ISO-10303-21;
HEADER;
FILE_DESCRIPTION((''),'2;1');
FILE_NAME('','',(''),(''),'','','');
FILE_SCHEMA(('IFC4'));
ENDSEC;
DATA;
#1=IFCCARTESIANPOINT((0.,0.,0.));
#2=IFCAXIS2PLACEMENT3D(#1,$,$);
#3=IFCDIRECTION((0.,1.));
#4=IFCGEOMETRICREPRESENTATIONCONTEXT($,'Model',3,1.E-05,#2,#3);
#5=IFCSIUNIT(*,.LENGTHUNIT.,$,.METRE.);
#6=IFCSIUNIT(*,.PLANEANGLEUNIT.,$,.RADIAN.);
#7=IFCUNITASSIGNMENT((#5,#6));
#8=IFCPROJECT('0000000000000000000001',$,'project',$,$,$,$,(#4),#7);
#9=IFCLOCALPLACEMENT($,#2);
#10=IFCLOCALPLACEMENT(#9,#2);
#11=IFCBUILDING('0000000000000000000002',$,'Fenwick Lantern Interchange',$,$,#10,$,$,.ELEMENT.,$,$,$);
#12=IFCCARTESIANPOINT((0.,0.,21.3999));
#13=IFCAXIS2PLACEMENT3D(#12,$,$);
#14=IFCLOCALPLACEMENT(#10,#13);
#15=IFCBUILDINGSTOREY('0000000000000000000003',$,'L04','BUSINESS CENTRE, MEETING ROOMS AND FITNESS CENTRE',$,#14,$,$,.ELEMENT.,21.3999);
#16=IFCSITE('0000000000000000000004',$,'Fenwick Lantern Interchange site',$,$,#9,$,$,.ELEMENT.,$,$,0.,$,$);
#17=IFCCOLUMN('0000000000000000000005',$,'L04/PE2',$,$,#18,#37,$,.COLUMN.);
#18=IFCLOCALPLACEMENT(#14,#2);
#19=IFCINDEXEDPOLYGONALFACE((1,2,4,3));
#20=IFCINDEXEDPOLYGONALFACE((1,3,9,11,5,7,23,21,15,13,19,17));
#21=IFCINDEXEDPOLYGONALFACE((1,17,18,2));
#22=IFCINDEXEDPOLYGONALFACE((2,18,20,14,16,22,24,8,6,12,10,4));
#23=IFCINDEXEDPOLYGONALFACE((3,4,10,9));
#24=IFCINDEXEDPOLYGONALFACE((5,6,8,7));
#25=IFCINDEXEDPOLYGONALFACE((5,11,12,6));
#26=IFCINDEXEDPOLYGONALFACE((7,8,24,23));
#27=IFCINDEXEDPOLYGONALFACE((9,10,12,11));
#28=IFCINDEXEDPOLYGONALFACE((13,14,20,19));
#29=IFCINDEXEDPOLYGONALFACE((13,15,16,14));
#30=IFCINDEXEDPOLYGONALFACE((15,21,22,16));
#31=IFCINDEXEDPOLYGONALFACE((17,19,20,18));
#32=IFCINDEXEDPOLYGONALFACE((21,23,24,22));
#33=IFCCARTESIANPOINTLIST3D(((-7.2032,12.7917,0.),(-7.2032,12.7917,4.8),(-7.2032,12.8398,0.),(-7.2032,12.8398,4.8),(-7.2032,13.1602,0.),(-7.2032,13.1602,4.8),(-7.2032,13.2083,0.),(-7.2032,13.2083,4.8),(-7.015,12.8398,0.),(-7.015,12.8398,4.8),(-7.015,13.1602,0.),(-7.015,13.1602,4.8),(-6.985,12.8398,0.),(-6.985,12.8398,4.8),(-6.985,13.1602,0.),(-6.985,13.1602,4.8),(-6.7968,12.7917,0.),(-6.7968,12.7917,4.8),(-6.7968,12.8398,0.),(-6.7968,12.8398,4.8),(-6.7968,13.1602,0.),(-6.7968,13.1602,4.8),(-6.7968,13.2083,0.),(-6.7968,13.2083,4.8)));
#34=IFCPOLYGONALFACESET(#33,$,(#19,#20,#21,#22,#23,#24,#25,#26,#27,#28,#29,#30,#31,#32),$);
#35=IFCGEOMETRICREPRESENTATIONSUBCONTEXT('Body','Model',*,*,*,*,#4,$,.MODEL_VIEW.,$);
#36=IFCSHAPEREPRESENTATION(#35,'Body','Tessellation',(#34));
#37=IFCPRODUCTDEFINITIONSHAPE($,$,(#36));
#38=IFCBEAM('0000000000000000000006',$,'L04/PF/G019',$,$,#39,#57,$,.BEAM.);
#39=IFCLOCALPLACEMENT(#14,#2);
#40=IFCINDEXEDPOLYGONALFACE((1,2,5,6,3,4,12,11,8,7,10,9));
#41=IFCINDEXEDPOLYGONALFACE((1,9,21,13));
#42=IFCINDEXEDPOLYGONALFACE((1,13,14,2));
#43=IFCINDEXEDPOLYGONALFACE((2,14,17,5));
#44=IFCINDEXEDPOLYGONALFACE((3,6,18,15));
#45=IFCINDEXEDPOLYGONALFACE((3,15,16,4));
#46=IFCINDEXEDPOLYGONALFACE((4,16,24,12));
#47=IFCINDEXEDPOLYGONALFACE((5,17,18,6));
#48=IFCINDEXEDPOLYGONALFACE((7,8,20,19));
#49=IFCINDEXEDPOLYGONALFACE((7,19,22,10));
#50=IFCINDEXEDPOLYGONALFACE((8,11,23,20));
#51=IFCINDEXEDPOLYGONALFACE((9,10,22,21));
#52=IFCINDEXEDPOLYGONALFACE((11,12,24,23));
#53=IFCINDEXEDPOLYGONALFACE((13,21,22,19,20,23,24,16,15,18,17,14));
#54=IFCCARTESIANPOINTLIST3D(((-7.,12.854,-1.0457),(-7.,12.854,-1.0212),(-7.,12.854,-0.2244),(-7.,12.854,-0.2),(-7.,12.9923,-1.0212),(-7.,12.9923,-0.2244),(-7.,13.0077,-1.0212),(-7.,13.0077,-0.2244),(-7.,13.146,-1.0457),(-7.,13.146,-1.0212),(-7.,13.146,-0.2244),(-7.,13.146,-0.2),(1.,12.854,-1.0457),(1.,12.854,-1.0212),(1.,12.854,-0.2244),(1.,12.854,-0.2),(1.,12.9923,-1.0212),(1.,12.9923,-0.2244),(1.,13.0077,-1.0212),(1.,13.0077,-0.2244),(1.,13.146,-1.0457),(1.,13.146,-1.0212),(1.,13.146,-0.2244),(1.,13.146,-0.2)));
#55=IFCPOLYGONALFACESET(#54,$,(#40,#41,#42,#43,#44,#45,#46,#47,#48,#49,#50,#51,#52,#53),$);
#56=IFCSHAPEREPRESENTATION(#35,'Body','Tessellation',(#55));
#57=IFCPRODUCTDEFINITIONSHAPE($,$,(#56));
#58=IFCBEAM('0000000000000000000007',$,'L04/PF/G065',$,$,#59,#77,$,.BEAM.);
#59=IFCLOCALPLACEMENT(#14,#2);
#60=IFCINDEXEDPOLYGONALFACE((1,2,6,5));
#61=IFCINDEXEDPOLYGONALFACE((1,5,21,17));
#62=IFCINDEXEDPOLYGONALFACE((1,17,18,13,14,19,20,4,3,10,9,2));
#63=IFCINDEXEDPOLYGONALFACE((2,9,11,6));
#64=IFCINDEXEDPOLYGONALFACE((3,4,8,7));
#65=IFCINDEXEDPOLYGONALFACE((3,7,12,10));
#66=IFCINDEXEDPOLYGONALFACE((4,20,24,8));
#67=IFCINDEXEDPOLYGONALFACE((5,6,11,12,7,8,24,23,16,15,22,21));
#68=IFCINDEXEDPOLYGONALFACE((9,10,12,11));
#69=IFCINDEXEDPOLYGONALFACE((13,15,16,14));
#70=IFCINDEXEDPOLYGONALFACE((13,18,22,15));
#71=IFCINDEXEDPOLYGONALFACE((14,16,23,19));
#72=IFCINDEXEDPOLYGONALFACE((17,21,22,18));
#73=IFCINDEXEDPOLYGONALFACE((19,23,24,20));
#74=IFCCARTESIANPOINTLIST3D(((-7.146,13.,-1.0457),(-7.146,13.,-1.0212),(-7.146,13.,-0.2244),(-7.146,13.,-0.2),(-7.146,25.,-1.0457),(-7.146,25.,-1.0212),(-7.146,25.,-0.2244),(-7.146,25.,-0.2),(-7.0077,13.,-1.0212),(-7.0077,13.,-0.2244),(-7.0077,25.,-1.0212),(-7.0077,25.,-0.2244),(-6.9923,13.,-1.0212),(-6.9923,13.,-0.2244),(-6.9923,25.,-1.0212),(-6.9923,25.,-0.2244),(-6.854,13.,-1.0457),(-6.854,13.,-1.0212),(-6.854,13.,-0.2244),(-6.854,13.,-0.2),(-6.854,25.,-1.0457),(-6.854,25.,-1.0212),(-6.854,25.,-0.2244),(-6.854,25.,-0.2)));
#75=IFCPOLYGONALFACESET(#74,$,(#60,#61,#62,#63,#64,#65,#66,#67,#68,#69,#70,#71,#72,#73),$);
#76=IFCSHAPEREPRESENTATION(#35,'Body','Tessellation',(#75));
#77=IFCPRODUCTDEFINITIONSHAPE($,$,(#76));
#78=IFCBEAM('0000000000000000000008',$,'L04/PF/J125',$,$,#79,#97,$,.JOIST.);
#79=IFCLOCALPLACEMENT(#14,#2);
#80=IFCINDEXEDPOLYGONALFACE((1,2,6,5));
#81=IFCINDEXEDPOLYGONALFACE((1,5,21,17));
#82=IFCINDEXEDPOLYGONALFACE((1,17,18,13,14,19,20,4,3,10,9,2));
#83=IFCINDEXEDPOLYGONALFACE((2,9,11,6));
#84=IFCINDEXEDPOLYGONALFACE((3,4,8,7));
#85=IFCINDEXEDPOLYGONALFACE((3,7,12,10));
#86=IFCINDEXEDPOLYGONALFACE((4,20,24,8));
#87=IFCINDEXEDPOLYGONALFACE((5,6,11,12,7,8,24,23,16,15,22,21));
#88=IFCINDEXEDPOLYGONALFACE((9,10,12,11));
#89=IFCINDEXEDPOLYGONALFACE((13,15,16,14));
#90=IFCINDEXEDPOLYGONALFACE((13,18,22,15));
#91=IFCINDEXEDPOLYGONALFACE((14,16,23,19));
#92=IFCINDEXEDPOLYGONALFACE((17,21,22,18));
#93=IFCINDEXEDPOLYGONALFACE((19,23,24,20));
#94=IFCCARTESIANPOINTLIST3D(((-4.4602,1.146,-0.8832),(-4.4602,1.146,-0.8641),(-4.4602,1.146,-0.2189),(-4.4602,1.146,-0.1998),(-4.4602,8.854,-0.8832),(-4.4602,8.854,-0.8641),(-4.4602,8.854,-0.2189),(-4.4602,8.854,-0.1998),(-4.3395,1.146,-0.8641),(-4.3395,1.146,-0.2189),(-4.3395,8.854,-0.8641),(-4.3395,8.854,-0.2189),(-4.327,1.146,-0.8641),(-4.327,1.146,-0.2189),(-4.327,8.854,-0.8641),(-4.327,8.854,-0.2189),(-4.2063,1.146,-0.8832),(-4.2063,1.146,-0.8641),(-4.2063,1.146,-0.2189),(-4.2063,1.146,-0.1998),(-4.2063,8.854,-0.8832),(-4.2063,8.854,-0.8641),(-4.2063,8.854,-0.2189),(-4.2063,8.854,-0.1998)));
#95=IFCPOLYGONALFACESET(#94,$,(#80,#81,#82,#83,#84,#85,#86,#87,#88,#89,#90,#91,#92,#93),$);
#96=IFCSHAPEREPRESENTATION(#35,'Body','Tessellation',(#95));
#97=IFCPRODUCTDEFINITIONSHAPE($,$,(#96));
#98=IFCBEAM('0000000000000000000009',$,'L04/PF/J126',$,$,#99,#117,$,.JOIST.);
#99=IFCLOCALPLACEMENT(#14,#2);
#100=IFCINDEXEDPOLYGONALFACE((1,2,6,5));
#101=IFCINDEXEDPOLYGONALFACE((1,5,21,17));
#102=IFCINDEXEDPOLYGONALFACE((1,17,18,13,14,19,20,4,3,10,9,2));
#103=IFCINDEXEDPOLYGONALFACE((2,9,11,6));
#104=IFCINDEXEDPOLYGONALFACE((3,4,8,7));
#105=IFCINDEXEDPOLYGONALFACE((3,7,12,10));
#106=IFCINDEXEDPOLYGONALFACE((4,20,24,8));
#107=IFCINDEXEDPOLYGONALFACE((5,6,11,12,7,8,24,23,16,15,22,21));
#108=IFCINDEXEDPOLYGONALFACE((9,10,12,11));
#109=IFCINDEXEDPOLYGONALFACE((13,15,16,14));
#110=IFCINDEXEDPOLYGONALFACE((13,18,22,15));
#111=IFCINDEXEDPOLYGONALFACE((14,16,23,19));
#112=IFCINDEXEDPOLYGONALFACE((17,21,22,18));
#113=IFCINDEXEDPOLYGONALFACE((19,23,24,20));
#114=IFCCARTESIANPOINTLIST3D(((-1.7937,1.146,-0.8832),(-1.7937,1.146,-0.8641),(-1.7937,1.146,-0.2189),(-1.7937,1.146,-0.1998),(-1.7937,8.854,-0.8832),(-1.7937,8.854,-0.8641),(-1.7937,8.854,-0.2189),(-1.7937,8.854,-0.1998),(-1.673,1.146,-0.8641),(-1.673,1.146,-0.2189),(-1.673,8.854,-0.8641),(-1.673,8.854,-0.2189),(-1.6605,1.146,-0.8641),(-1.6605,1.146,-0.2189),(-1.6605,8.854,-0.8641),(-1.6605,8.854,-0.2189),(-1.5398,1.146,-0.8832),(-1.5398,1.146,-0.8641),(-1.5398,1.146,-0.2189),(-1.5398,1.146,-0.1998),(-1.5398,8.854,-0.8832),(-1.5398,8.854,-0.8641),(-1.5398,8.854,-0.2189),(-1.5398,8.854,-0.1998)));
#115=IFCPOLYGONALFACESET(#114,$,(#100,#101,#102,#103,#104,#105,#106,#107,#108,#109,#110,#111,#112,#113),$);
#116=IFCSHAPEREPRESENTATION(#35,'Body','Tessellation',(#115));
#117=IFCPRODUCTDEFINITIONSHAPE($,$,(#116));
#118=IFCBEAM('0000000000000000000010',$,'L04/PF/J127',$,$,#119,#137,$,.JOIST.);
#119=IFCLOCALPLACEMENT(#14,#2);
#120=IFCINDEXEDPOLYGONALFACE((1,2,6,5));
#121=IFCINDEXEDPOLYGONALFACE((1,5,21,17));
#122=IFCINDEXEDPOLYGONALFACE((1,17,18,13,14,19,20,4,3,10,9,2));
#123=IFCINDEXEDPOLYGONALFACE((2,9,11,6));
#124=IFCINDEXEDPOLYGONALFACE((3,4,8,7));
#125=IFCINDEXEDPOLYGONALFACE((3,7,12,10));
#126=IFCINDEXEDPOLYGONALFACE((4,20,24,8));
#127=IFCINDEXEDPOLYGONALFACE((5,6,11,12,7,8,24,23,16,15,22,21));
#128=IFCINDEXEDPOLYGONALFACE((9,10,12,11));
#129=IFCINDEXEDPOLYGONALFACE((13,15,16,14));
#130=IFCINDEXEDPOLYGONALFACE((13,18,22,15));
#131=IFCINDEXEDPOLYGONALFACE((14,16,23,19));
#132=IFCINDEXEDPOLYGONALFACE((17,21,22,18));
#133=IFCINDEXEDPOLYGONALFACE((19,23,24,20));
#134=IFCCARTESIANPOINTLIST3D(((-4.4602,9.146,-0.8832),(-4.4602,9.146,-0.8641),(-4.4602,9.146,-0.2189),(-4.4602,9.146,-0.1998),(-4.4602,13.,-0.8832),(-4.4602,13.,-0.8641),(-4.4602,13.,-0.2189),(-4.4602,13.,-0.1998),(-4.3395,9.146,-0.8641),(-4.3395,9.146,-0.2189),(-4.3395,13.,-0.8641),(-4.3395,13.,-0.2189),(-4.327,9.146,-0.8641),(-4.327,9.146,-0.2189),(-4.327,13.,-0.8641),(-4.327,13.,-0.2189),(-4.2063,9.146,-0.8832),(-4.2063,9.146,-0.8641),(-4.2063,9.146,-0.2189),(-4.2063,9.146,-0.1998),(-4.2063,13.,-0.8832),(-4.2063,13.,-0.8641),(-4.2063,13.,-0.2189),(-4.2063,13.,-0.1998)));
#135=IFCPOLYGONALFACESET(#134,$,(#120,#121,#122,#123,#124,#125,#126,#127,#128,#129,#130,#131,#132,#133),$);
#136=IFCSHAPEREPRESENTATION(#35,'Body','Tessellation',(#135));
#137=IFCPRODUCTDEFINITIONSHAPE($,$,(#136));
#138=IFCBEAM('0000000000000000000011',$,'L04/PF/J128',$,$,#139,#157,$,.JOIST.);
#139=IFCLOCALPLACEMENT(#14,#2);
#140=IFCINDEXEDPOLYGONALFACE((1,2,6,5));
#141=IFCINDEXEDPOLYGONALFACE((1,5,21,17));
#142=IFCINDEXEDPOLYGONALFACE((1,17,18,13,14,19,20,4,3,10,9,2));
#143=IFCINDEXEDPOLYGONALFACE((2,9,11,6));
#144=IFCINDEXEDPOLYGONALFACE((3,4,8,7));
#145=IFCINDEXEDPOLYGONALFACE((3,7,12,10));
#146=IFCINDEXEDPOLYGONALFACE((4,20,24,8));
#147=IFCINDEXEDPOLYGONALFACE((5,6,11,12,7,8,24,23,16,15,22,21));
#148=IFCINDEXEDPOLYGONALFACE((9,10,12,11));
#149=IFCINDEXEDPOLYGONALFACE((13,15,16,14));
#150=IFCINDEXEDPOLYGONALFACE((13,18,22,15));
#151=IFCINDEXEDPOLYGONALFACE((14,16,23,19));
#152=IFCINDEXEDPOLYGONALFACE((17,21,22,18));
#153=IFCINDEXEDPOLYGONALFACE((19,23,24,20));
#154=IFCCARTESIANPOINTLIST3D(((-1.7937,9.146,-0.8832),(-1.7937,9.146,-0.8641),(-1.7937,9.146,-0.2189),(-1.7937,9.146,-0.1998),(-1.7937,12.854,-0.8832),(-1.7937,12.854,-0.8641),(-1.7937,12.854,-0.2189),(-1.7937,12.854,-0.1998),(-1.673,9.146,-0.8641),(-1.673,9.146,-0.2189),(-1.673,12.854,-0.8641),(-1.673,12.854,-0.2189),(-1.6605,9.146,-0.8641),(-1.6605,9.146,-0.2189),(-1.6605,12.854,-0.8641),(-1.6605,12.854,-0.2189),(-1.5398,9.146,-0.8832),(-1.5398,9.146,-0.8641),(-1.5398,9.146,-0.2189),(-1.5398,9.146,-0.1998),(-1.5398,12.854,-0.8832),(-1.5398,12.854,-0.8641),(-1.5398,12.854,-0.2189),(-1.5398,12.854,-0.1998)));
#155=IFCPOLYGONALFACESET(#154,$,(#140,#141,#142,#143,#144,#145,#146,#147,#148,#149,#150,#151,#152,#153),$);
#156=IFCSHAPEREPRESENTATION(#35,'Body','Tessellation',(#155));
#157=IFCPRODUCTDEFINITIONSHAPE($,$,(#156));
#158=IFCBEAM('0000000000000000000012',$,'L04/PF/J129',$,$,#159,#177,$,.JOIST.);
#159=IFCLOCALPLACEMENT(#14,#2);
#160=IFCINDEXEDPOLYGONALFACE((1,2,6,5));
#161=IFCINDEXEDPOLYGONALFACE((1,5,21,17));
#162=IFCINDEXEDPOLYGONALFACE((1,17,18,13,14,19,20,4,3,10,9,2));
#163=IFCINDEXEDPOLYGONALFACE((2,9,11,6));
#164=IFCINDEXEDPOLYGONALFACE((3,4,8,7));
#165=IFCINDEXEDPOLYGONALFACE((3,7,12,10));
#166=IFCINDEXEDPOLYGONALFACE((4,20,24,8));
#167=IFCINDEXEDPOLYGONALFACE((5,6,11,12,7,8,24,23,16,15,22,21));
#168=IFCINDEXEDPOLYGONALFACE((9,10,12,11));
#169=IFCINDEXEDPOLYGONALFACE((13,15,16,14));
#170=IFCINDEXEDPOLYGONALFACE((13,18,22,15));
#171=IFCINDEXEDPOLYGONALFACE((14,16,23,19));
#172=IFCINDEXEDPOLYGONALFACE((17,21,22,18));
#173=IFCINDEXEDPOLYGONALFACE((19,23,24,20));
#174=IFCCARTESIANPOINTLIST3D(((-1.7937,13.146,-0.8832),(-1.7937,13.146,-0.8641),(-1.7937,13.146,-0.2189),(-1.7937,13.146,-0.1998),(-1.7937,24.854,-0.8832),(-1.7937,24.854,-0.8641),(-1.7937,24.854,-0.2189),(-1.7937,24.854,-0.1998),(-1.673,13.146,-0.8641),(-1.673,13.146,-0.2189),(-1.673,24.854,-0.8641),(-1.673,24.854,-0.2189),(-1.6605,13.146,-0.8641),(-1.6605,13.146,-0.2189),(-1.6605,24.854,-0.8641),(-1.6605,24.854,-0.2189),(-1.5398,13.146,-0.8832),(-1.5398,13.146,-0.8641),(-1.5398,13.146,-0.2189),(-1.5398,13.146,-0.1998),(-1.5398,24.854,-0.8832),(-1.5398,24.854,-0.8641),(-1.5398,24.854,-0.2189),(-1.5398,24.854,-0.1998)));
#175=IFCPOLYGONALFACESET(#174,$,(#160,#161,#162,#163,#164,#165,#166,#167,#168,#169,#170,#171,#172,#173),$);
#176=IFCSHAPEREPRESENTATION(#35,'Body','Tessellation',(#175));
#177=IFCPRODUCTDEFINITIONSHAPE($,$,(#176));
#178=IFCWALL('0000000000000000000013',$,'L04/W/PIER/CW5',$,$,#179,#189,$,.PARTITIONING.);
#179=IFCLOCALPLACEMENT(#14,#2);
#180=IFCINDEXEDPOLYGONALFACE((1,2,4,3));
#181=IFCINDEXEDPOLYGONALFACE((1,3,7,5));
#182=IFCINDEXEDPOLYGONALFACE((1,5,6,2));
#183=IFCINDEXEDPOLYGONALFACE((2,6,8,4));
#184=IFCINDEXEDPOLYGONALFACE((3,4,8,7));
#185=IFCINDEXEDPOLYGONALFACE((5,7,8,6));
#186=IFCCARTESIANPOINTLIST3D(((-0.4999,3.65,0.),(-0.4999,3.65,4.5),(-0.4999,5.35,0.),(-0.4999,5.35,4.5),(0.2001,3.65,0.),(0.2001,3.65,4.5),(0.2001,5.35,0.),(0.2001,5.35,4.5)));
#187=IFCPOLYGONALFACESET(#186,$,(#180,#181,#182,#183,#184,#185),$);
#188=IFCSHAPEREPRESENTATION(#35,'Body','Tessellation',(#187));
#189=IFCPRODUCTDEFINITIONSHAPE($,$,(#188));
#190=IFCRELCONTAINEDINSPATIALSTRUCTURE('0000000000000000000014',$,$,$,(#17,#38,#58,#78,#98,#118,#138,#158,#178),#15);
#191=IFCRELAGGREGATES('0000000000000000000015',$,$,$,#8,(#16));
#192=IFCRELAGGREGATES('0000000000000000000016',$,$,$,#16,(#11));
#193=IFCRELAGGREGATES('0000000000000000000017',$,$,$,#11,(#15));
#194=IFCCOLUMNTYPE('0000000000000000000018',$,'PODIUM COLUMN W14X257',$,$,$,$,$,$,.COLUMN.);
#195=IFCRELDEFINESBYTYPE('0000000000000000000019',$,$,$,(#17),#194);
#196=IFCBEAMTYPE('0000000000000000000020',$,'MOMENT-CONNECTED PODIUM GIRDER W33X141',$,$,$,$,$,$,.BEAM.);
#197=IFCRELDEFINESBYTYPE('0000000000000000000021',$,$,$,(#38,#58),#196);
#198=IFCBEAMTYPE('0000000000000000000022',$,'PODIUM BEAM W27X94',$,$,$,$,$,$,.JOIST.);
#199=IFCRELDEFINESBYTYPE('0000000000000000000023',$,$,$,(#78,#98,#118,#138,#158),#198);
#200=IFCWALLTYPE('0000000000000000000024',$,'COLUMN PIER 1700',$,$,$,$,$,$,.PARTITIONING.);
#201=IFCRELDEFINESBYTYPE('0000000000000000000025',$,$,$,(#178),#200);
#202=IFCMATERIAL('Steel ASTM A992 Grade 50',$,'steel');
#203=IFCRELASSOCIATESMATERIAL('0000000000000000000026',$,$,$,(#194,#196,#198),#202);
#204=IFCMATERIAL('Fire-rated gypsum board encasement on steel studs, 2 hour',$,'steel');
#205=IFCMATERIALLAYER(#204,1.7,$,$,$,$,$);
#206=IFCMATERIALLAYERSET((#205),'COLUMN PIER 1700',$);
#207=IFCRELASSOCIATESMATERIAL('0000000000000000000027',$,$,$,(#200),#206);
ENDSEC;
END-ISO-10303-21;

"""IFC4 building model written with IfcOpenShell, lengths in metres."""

from ifc_helpers import new_model, si_unit, direction, frame, frame_2d, origin, origin_2d, place, context, subcontext, project, spatial, rectangle, i_section, extrude, material, layer, layer_set, material_profile, profile_set, type_object, element, save


model = new_model("IFC4")

# Units and contexts
model_context = context("Model", 3, precision=1e-05, world=origin(), true_north=direction((0.0, 1.0)))
body_context = subcontext(model_context, "Body", "Model", "MODEL_VIEW")
ifc_project = project(units=[si_unit("LENGTHUNIT", "METRE"), si_unit("PLANEANGLEUNIT", "RADIAN")], contexts=[model_context])

# Site, building, storey
site_placement = place(None, origin())
site = spatial("IfcSite", under=ifc_project, at=site_placement, Name="Fenwick Lantern Interchange site", CompositionType="ELEMENT", RefElevation=0.0)
building_placement = place(site_placement, origin())
building = spatial("IfcBuilding", under=site, at=building_placement, Name="Fenwick Lantern Interchange", CompositionType="ELEMENT")
storey_placement = place(building_placement, frame((0.0, 0.0, 21.3999)))
storey = spatial("IfcBuildingStorey", under=building, at=storey_placement, Name="L04", Description="BUSINESS CENTRE, MEETING ROOMS AND FITNESS CENTRE", CompositionType="ELEMENT", Elevation=21.3999)

# Column
ifc_material_1 = material(Name="Steel ASTM A992 Grade 50", Category="steel")
ifc_material_profile_1 = material_profile(ifc_material_1, i_section(OverallWidth=0.4065, OverallDepth=0.4165, WebThickness=0.03, FlangeThickness=0.0481, at=origin_2d()), Name="W14X257")
ifc_profile_set_1 = profile_set([ifc_material_profile_1], Name="Steel ASTM A992 Grade 50")
column_type = type_object("IfcColumnType", Name="PODIUM COLUMN W14X257", PredefinedType="COLUMN", material=ifc_profile_set_1)
column_placement = place(storey_placement, frame((-7.0, 13.0, 0.0), z_axis=(0.0, 0.0, 1.0), x_axis=(1.0, 0.0, 0.0)))
element("IfcColumn", 1, at=column_placement, inside=storey, type_object=column_type, Name="L04/PE2", PredefinedType="COLUMN", context=body_context, shape_type="SweptSolid", body=[
    extrude(i_section(OverallWidth=0.4065, OverallDepth=0.4165, WebThickness=0.03, FlangeThickness=0.0481, at=origin_2d()), origin(), (0.0, 0.0, 1.0), 4.8),
])

# Beams
ifc_material_profile_2 = material_profile(ifc_material_1, i_section(OverallWidth=0.292, OverallDepth=0.8457, WebThickness=0.0154, FlangeThickness=0.0244, at=origin_2d()), Name="W33X141")
ifc_profile_set_2 = profile_set([ifc_material_profile_2], Name="Steel ASTM A992 Grade 50")
beam_type_1 = type_object("IfcBeamType", Name="MOMENT-CONNECTED PODIUM GIRDER W33X141", PredefinedType="BEAM", material=ifc_profile_set_2)
beam_1_placement = place(storey_placement, frame((-7.0, 13.0, -0.6228), z_axis=(1.0, 0.0, 0.0), x_axis=(0.0, 1.0, 0.0)))
element("IfcBeam", 2, at=beam_1_placement, inside=storey, type_object=beam_type_1, Name="L04/PF/G019", PredefinedType="BEAM", context=body_context, shape_type="SweptSolid", body=[
    extrude(i_section(OverallWidth=0.292, OverallDepth=0.8457, WebThickness=0.0154, FlangeThickness=0.0244, at=origin_2d()), origin(), (0.0, 0.0, 1.0), 8.0),
])
beam_2_placement = place(storey_placement, frame((-7.0, 13.0, -0.6228), z_axis=(0.0, 1.0, 0.0), x_axis=(-1.0, 0.0, 0.0)))
element("IfcBeam", 3, at=beam_2_placement, inside=storey, type_object=beam_type_1, Name="L04/PF/G065", PredefinedType="BEAM", context=body_context, shape_type="SweptSolid", body=[
    extrude(i_section(OverallWidth=0.292, OverallDepth=0.8457, WebThickness=0.0154, FlangeThickness=0.0244, at=origin_2d()), origin(), (0.0, 0.0, 1.0), 12.0),
])
ifc_material_profile_3 = material_profile(ifc_material_1, i_section(OverallWidth=0.2539, OverallDepth=0.6833, WebThickness=0.0125, FlangeThickness=0.019, at=origin_2d()), Name="W27X94")
ifc_profile_set_3 = profile_set([ifc_material_profile_3], Name="Steel ASTM A992 Grade 50")
beam_type_2 = type_object("IfcBeamType", Name="PODIUM BEAM W27X94", PredefinedType="JOIST", material=ifc_profile_set_3)
for number, where, z_axis, x_axis, name in (
    (4, (-4.3333, 1.146, -0.5415), (0.0, 1.0, 0.0), (-1.0, 0.0, 0.0), "L04/PF/J125"),
    (5, (-1.6667, 1.146, -0.5415), (0.0, 1.0, 0.0), (-1.0, 0.0, 0.0), "L04/PF/J126"),
):
    element("IfcBeam", number, at=place(storey_placement, frame(where, z_axis=z_axis, x_axis=x_axis)), inside=storey, type_object=beam_type_2, Name=name, PredefinedType="JOIST", context=body_context, shape_type="SweptSolid", body=[
        extrude(i_section(OverallWidth=0.2539, OverallDepth=0.6833, WebThickness=0.0125, FlangeThickness=0.019, at=origin_2d()), origin(), (0.0, 0.0, 1.0), 7.708),
    ])
beam_3_placement = place(storey_placement, frame((-4.3333, 9.146, -0.5415), z_axis=(0.0, 1.0, 0.0), x_axis=(-1.0, 0.0, 0.0)))
element("IfcBeam", 6, at=beam_3_placement, inside=storey, type_object=beam_type_2, Name="L04/PF/J127", PredefinedType="JOIST", context=body_context, shape_type="SweptSolid", body=[
    extrude(i_section(OverallWidth=0.2539, OverallDepth=0.6833, WebThickness=0.0125, FlangeThickness=0.019, at=origin_2d()), origin(), (0.0, 0.0, 1.0), 3.854),
])
beam_4_placement = place(storey_placement, frame((-1.6667, 9.146, -0.5415), z_axis=(0.0, 1.0, 0.0), x_axis=(-1.0, 0.0, 0.0)))
element("IfcBeam", 7, at=beam_4_placement, inside=storey, type_object=beam_type_2, Name="L04/PF/J128", PredefinedType="JOIST", context=body_context, shape_type="SweptSolid", body=[
    extrude(i_section(OverallWidth=0.2539, OverallDepth=0.6833, WebThickness=0.0125, FlangeThickness=0.019, at=origin_2d()), origin(), (0.0, 0.0, 1.0), 3.708),
])
beam_5_placement = place(storey_placement, frame((-1.6667, 13.146, -0.5415), z_axis=(0.0, 1.0, 0.0), x_axis=(-1.0, 0.0, 0.0)))
element("IfcBeam", 8, at=beam_5_placement, inside=storey, type_object=beam_type_2, Name="L04/PF/J129", PredefinedType="JOIST", context=body_context, shape_type="SweptSolid", body=[
    extrude(i_section(OverallWidth=0.2539, OverallDepth=0.6833, WebThickness=0.0125, FlangeThickness=0.019, at=origin_2d()), origin(), (0.0, 0.0, 1.0), 11.708),
])

# Wall
ifc_material_2 = material(Name="Fire-rated gypsum board encasement on steel studs, 2 hour", Category="steel")
ifc_layer_1 = layer(ifc_material_2, 1.7)
ifc_layer_set_1 = layer_set([ifc_layer_1], Name="COLUMN PIER 1700")
wall_type_1 = type_object("IfcWallType", Name="COLUMN PIER 1700", PredefinedType="PARTITIONING", material=ifc_layer_set_1)
wall_1_placement = place(storey_placement, frame((-0.5, 4.5, 0.0), z_axis=(0.0, 0.0, 1.0), x_axis=(1.0, 0.0, 0.0)))
element("IfcWall", 9, at=wall_1_placement, inside=storey, type_object=wall_type_1, Name="L04/W/PIER/CW5", PredefinedType="PARTITIONING", context=body_context, shape_type="SweptSolid", body=[
    extrude(rectangle(XDim=0.7, YDim=1.7, at=frame_2d((0.3501, 0.0))), origin(), (0.0, 0.0, 1.0), 4.5),
])

save(model, "model.ifc")
